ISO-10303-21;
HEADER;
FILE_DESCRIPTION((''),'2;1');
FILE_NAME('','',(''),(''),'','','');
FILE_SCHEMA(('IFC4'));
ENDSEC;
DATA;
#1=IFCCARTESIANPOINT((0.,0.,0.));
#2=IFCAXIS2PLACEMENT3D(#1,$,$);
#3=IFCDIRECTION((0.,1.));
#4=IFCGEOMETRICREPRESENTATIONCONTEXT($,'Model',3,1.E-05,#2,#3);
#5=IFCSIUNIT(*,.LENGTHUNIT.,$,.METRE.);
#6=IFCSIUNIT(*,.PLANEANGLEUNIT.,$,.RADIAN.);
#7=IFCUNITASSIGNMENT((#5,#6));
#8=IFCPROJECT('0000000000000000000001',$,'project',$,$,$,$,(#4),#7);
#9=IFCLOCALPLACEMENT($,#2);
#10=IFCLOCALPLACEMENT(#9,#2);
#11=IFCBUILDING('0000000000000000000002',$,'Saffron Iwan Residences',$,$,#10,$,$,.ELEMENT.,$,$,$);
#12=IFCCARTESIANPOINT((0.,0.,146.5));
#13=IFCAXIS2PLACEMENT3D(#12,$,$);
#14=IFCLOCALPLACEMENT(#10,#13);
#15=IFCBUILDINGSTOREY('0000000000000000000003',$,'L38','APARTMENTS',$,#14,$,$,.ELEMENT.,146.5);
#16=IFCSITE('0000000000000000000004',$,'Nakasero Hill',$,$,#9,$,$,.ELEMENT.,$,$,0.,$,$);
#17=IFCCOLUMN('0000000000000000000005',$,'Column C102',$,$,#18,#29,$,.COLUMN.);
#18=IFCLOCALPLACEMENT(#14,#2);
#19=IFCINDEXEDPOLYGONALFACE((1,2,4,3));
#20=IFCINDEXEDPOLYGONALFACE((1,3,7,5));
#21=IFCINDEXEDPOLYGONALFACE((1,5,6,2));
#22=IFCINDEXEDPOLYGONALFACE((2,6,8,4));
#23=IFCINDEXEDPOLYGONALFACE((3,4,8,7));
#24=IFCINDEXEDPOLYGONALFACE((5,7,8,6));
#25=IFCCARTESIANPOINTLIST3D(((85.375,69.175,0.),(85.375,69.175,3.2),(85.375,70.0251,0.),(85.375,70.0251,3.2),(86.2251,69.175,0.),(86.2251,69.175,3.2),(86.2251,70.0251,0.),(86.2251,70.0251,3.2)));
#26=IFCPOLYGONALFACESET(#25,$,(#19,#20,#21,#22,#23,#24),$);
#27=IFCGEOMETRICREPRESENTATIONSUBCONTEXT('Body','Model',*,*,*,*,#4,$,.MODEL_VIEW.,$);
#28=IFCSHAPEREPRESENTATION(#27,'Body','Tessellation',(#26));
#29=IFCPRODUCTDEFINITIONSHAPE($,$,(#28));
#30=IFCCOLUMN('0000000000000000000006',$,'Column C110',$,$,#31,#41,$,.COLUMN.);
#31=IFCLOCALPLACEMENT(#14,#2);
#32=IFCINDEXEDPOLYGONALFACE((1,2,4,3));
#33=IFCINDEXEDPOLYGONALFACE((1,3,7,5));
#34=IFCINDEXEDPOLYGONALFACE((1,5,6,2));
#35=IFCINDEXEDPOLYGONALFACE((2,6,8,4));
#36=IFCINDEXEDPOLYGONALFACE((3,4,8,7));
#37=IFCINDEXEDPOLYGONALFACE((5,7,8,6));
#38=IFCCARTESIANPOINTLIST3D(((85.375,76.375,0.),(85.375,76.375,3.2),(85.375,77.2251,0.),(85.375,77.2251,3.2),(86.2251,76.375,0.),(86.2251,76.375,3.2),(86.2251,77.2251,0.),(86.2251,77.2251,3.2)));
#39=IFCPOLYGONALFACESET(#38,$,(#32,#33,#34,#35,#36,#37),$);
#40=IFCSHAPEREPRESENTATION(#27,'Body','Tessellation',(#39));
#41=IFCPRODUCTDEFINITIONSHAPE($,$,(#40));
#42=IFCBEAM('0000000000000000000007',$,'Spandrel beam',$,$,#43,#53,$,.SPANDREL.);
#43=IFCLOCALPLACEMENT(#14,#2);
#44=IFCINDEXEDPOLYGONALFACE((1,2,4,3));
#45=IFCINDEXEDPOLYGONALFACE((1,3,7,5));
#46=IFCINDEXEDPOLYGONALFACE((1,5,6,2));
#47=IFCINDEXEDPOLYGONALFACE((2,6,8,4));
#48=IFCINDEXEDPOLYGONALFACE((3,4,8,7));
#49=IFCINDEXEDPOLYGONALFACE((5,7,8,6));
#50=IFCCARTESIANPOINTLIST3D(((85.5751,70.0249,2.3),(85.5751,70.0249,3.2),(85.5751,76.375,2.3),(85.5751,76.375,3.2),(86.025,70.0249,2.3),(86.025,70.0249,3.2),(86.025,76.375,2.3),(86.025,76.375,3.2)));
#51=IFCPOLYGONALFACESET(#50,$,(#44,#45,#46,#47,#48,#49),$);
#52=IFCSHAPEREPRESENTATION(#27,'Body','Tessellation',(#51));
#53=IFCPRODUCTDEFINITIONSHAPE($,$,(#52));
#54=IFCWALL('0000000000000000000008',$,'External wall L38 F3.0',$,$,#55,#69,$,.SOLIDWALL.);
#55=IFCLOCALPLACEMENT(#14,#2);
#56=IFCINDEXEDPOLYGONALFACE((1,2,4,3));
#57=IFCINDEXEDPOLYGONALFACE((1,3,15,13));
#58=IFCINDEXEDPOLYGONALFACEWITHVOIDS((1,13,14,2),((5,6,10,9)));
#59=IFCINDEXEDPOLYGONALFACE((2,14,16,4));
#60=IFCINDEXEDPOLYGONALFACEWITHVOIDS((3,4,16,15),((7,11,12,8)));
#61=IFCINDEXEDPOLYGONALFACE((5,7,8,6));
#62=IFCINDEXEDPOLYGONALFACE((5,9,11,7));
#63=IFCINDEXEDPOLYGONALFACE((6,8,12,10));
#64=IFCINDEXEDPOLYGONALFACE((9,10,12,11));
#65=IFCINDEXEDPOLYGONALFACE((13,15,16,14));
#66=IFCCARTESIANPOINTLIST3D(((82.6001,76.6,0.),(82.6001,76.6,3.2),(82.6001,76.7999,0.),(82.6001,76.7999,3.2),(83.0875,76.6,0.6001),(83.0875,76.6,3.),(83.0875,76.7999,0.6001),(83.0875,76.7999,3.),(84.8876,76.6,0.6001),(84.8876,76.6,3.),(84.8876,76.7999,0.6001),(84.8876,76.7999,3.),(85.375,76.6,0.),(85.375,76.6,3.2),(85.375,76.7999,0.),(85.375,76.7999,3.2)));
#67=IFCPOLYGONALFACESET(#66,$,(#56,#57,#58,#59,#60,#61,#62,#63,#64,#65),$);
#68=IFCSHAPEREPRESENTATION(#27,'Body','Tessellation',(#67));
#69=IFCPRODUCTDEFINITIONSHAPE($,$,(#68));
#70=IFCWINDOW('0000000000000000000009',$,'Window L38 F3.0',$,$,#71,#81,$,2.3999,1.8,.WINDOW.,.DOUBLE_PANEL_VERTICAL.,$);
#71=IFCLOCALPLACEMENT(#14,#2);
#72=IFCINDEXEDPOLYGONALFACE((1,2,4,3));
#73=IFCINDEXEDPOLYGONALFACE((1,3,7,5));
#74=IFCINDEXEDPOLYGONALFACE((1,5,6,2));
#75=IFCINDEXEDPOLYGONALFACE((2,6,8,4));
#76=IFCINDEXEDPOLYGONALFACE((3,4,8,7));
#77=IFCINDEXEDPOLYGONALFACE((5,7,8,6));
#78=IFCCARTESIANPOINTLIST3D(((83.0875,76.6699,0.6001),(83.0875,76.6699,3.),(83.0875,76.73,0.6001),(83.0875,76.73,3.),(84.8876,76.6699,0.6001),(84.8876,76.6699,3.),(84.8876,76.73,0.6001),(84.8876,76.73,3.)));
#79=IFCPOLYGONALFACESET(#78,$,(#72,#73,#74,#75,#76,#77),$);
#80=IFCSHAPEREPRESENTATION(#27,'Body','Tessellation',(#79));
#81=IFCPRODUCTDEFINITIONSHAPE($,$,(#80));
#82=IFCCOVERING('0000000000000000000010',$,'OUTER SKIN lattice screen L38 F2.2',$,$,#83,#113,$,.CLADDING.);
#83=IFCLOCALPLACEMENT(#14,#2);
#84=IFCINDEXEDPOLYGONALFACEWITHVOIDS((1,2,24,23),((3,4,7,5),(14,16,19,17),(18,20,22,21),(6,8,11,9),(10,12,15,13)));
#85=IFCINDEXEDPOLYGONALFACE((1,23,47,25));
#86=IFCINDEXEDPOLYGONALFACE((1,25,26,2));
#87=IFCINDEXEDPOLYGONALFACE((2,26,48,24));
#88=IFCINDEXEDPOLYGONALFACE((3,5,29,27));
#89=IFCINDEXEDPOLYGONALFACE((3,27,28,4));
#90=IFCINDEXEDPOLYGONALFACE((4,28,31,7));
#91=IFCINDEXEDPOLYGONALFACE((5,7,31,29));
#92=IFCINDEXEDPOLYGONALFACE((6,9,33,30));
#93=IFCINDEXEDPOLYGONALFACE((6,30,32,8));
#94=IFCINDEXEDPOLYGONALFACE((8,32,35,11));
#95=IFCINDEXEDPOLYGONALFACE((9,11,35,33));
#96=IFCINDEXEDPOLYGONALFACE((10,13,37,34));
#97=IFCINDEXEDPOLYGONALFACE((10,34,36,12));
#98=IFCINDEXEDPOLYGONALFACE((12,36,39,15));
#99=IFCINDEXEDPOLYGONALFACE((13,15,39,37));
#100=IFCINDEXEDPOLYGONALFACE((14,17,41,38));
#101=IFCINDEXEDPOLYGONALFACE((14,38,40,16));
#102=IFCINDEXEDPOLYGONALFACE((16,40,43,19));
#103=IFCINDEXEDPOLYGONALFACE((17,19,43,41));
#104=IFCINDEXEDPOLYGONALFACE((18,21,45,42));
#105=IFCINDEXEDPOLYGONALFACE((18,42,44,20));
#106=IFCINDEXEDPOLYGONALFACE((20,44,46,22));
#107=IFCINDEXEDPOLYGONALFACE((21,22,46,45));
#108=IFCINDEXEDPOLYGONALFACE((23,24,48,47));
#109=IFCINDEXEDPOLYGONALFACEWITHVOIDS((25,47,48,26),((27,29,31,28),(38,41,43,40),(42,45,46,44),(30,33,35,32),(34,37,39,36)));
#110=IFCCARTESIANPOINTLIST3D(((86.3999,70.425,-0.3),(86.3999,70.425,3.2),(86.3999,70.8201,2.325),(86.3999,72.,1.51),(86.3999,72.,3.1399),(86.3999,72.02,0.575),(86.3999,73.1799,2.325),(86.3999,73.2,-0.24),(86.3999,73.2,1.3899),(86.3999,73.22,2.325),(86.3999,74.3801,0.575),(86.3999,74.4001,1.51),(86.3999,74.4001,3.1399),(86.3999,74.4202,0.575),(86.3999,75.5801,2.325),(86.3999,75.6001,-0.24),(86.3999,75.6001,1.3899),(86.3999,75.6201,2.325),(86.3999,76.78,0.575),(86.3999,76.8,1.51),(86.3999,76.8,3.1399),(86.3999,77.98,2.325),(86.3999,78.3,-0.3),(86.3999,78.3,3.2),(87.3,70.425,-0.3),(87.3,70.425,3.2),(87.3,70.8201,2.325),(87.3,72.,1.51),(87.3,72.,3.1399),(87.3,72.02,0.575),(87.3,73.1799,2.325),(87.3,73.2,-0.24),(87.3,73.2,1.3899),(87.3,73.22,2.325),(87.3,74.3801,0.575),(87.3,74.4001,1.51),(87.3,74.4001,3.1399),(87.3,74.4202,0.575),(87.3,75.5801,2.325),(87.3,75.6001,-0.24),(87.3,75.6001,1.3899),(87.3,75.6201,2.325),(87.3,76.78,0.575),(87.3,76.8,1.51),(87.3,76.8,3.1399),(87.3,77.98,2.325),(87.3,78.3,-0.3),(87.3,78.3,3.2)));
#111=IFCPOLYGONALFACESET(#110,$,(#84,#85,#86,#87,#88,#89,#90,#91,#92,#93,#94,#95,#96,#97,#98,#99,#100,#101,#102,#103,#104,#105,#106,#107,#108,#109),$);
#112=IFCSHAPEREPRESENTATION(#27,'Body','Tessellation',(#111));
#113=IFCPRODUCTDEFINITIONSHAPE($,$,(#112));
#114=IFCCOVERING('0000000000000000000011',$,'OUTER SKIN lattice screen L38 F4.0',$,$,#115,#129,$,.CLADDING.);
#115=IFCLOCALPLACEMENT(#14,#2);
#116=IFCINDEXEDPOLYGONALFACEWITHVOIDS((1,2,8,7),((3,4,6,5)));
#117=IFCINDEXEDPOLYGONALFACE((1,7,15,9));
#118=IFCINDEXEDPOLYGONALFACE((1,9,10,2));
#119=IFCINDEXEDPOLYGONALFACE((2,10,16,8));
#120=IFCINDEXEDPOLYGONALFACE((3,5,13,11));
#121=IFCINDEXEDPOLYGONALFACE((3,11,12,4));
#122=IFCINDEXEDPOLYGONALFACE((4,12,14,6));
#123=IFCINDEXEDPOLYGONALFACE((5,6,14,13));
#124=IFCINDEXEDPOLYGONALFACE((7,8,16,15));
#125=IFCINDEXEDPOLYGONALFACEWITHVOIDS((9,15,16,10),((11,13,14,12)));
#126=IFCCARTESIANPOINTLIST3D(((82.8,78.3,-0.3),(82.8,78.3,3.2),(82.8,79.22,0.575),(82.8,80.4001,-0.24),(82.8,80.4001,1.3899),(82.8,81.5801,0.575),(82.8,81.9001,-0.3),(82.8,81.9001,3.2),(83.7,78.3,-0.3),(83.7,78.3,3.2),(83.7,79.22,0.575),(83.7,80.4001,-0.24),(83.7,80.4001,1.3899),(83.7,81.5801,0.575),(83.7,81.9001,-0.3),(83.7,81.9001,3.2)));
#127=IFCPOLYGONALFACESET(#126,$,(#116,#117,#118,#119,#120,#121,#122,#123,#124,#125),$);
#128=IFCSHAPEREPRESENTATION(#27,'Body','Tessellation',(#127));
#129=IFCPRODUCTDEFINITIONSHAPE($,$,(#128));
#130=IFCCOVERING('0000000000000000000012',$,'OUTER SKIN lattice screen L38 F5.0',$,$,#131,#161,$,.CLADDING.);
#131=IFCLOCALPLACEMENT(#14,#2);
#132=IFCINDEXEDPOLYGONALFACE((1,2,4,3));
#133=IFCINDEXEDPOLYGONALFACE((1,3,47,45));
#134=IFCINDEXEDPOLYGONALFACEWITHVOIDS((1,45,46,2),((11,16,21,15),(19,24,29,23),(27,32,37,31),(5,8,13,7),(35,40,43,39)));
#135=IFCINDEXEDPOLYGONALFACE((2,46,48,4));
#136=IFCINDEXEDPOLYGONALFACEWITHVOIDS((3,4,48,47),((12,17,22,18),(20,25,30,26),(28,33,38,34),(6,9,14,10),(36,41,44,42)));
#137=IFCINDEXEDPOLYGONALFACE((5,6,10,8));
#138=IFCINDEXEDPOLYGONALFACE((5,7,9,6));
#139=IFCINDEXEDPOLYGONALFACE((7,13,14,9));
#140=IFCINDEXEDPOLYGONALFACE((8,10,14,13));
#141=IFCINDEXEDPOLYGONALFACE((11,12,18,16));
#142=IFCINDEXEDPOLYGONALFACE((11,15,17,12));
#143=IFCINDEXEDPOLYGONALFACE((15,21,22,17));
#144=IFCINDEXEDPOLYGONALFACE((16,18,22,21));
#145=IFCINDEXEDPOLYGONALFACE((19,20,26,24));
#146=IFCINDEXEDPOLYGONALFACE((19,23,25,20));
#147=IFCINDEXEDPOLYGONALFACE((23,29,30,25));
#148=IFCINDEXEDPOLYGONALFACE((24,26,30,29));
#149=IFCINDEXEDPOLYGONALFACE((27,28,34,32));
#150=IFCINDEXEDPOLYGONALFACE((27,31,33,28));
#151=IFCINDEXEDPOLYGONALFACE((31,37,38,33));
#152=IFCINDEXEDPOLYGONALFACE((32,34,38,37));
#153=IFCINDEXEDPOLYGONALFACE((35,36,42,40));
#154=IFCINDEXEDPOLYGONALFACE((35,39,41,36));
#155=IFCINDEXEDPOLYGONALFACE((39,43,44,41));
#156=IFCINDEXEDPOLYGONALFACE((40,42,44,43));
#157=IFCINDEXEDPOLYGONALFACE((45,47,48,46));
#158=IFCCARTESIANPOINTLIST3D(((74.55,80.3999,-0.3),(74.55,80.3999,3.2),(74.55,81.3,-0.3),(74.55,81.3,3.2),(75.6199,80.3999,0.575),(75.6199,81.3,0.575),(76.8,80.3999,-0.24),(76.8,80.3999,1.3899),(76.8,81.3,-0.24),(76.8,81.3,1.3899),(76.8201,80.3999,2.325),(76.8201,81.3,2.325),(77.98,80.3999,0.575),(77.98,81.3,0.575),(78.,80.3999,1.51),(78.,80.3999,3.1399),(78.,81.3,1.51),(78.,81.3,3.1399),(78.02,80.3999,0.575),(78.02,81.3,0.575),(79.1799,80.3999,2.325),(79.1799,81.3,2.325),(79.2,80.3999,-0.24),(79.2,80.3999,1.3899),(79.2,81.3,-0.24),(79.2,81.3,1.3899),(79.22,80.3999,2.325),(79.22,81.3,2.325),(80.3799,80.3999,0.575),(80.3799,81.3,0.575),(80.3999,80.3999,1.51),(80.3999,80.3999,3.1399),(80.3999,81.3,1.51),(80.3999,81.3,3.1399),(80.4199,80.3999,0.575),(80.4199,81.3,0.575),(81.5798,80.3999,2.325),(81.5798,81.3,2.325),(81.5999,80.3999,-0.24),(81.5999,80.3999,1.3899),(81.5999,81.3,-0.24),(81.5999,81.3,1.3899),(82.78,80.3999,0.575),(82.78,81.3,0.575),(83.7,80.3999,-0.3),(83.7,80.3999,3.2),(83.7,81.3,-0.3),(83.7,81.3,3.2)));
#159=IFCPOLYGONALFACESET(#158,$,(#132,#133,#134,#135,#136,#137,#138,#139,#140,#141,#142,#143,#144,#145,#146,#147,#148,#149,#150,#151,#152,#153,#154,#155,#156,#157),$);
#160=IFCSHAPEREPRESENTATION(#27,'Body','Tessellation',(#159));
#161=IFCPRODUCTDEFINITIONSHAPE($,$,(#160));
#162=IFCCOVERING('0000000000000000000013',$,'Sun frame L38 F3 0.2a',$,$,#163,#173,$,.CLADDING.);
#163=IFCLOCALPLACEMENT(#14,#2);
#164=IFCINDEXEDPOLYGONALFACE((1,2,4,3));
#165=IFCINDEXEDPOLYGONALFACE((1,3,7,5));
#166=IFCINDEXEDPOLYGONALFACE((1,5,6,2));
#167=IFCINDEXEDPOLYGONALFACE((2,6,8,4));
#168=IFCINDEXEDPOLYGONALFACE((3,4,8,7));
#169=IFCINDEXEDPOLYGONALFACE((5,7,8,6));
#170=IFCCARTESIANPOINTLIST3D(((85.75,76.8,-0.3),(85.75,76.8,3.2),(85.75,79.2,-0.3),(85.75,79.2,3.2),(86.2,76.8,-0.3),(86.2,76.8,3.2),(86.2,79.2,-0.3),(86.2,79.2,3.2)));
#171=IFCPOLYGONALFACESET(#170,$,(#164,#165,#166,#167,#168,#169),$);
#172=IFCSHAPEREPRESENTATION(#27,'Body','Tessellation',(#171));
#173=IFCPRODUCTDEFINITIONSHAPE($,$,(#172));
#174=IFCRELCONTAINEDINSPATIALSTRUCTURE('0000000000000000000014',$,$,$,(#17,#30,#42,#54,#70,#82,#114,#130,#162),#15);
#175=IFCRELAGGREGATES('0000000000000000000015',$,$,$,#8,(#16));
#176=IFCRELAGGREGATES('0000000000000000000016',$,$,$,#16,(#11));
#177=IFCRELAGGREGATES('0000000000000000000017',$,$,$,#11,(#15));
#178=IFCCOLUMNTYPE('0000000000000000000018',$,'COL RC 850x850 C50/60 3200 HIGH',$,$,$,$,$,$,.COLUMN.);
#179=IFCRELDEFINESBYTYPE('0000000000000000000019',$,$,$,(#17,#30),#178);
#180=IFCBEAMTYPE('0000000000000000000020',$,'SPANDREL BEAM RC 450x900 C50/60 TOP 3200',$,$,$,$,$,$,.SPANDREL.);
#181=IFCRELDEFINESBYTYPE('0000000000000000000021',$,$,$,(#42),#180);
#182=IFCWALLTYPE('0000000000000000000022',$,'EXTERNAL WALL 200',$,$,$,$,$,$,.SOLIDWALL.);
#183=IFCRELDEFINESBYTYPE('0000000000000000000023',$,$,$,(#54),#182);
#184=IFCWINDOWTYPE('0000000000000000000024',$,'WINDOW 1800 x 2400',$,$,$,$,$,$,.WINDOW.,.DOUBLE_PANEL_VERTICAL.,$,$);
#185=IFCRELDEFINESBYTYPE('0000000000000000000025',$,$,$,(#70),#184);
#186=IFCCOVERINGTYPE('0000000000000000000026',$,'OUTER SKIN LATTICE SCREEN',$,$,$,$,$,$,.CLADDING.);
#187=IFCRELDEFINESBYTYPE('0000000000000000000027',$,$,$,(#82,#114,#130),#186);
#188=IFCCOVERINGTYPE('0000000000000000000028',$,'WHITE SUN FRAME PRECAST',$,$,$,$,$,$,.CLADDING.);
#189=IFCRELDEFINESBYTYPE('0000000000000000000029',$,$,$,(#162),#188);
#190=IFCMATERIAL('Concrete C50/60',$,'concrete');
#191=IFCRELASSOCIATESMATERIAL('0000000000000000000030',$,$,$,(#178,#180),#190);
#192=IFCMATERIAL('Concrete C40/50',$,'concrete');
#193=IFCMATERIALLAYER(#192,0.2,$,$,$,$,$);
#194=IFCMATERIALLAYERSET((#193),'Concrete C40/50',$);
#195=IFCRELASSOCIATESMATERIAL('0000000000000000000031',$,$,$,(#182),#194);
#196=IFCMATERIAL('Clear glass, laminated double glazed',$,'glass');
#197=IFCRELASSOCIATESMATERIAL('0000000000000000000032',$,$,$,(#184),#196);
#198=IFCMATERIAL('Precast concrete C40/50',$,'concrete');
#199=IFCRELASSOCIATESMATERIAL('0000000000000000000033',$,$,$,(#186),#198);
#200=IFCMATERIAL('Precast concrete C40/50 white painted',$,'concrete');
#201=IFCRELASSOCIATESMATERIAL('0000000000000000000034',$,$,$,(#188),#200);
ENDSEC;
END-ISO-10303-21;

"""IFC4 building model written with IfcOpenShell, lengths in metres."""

from ifc_helpers import new_model, si_unit, direction, frame, frame_2d, origin, origin_2d, place, context, subcontext, project, spatial, polyline, rectangle, outline, extrude, source, transform, mapped, material, layer, layer_set, material_profile, profile_set, type_object, element, fill, save


model = new_model("IFC4")

# Units and contexts
model_context = context("Model", 3, precision=1e-05, world=origin(), true_north=direction((0.0, 1.0)))
body_context = subcontext(model_context, "Body", "Model", "MODEL_VIEW")
ifc_project = project(units=[si_unit("LENGTHUNIT", "METRE"), si_unit("PLANEANGLEUNIT", "RADIAN")], contexts=[model_context])

# Site, building, storey
site_placement = place(None, origin())
site = spatial("IfcSite", under=ifc_project, at=site_placement, Name="Nakasero Hill", CompositionType="ELEMENT", RefElevation=0.0)
building_placement = place(site_placement, origin())
building = spatial("IfcBuilding", under=site, at=building_placement, Name="Saffron Iwan Residences", CompositionType="ELEMENT")
storey_placement = place(building_placement, frame((0.0, 0.0, 146.5)))
storey = spatial("IfcBuildingStorey", under=building, at=storey_placement, Name="L38", Description="APARTMENTS", CompositionType="ELEMENT", Elevation=146.5)

# Columns
ifc_material_1 = material(Name="Concrete C50/60", Category="concrete")
ifc_material_profile_1 = material_profile(ifc_material_1, rectangle(XDim=0.8501, YDim=0.8501, at=origin_2d()), Name="RC 850x850")
ifc_profile_set_1 = profile_set([ifc_material_profile_1], Name="Concrete C50/60")
column_type = type_object("IfcColumnType", Name="COL RC 850x850 C50/60 3200 HIGH", PredefinedType="COLUMN", material=ifc_profile_set_1)
shared_shape_1 = source(origin(), body_context, "Body", "SweptSolid", [
    extrude(rectangle(XDim=0.8501, YDim=0.8501, at=origin_2d()), origin(), (0.0, 0.0, 1.0), 3.2),
])
for number, where, z_axis, x_axis, name in (
    (1, (85.8, 69.6001, 0.0), (0.0, 0.0, 1.0), (1.0, 0.0, 0.0), "Column C102"),
    (2, (85.8, 76.8, 0.0), (0.0, 0.0, 1.0), (1.0, 0.0, 0.0), "Column C110"),
):
    element("IfcColumn", number, at=place(storey_placement, frame(where, z_axis=z_axis, x_axis=x_axis)), inside=storey, type_object=column_type, Name=name, PredefinedType="COLUMN", context=body_context, shape_type="MappedRepresentation", body=[
        mapped(shared_shape_1, transform((0.0, 0.0, 0.0))),
    ])

# Beam
ifc_material_profile_2 = material_profile(ifc_material_1, rectangle(XDim=0.45, YDim=0.8999, at=origin_2d()), Name="RC 450x900")
ifc_profile_set_2 = profile_set([ifc_material_profile_2], Name="Concrete C50/60")
beam_type = type_object("IfcBeamType", Name="SPANDREL BEAM RC 450x900 C50/60 TOP 3200", PredefinedType="SPANDREL", material=ifc_profile_set_2)
shared_shape_2 = source(origin(), body_context, "Body", "SweptSolid", [
    extrude(rectangle(XDim=0.45, YDim=0.8999, at=origin_2d()), origin(), (0.0, 0.0, 1.0), 6.3501),
])
beam_placement = place(storey_placement, frame((85.8, 76.375, 2.75), z_axis=(0.0, -1.0, 0.0), x_axis=(1.0, 0.0, 0.0)))
element("IfcBeam", 3, at=beam_placement, inside=storey, type_object=beam_type, Name="Spandrel beam", PredefinedType="SPANDREL", context=body_context, shape_type="MappedRepresentation", body=[
    mapped(shared_shape_2, transform((0.0, 0.0, 0.0))),
])

# Wall, opening, window
ifc_material_2 = material(Name="Concrete C40/50", Category="concrete")
ifc_layer = layer(ifc_material_2, 0.2)
ifc_layer_set = layer_set([ifc_layer], Name="Concrete C40/50")
wall_type = type_object("IfcWallType", Name="EXTERNAL WALL 200", PredefinedType="SOLIDWALL", material=ifc_layer_set)
wall_placement = place(storey_placement, frame((85.375, 76.7, 0.0), z_axis=(0.0, 0.0, 1.0), x_axis=(-1.0, 0.0, 0.0)))
wall = element("IfcWall", 4, at=wall_placement, inside=storey, type_object=wall_type, Name="External wall L38 F3.0", PredefinedType="SOLIDWALL", context=body_context, shape_type="SweptSolid", body=[
    extrude(rectangle(XDim=2.7749, YDim=0.2, at=frame_2d((1.3875, 0.0))), origin(), (0.0, 0.0, 1.0), 3.2),
])
opening_placement = place(wall_placement, frame((0.4875, 0.0, 0.6001)))
opening = element("IfcOpeningElement", 5, at=opening_placement, cuts=wall, PredefinedType="OPENING", context=body_context, shape_type="SweptSolid", body=[
    extrude(rectangle(XDim=1.8, YDim=2.3999, at=frame_2d((0.8999, 1.2))), frame((0.0, 0.1099, 0.0), z_axis=(0.0, -1.0, 0.0), x_axis=(1.0, 0.0, 0.0)), (0.0, 0.0, 1.0), 0.22),
])
ifc_material_3 = material(Name="Clear glass, laminated double glazed", Category="glass")
window_type = type_object("IfcWindowType", Name="WINDOW 1800 x 2400", PartitioningType="DOUBLE_PANEL_VERTICAL", PredefinedType="WINDOW", material=ifc_material_3)
window_placement = place(opening_placement, origin())
window = element("IfcWindow", 6, at=window_placement, inside=storey, type_object=window_type, Name="Window L38 F3.0", OverallHeight=2.3999, OverallWidth=1.8, PartitioningType="DOUBLE_PANEL_VERTICAL", PredefinedType="WINDOW", context=body_context, shape_type="SweptSolid", body=[
    extrude(rectangle(XDim=1.8, YDim=2.3999, at=frame_2d((0.8999, 1.2))), frame((0.0, 0.03, 0.0), z_axis=(0.0, -1.0, 0.0), x_axis=(1.0, 0.0, 0.0)), (0.0, 0.0, 1.0), 0.0601),
])
fill(opening, window)

# Coverings
ifc_material_4 = material(Name="Precast concrete C40/50", Category="concrete")
covering_type_1 = type_object("IfcCoveringType", Name="OUTER SKIN LATTICE SCREEN", PredefinedType="CLADDING", material=ifc_material_4)
covering_1_placement = place(storey_placement, frame((86.3999, 70.425, -0.3), z_axis=(1.0, 0.0, 0.0), x_axis=(0.0, 1.0, 0.0)))
element("IfcCovering", 7, at=covering_1_placement, inside=storey, type_object=covering_type_1, Name="OUTER SKIN lattice screen L38 F2.2", PredefinedType="CLADDING", context=body_context, shape_type="SweptSolid", body=[
    extrude(outline(polyline([(0.0, 0.0), (7.875, 0.0), (7.875, 3.5), (0.0, 3.5), (0.0, 0.0)]), holes=[polyline([(1.595, 0.875), (2.7749, 0.0601), (3.9551, 0.875), (2.7749, 1.6899), (1.595, 0.875)]), polyline([(3.9951, 0.875), (5.175, 0.0601), (6.355, 0.875), (5.175, 1.6899), (3.9951, 0.875)]), polyline([(0.395, 2.625), (1.575, 1.8101), (2.7549, 2.625), (1.575, 3.4399), (0.395, 2.625)]), polyline([(2.7949, 2.625), (3.9751, 1.8101), (5.155, 2.625), (3.9751, 3.4399), (2.7949, 2.625)]), polyline([(5.1951, 2.625), (6.375, 1.8101), (7.5549, 2.625), (6.375, 3.4399), (5.1951, 2.625)])]), origin(), (0.0, 0.0, 1.0), 0.9001),
])
covering_2_placement = place(storey_placement, frame((82.8, 78.3, -0.3), z_axis=(1.0, 0.0, 0.0), x_axis=(0.0, 1.0, 0.0)))
element("IfcCovering", 8, at=covering_2_placement, inside=storey, type_object=covering_type_1, Name="OUTER SKIN lattice screen L38 F4.0", PredefinedType="CLADDING", context=body_context, shape_type="SweptSolid", body=[
    extrude(outline(polyline([(0.0, 0.0), (3.6001, 0.0), (3.6001, 3.5), (0.0, 3.5), (0.0, 0.0)]), holes=[polyline([(0.9199, 0.875), (2.1001, 0.0601), (3.28, 0.875), (2.1001, 1.6899), (0.9199, 0.875)])]), origin(), (0.0, 0.0, 1.0), 0.8999),
])
covering_3_placement = place(storey_placement, frame((83.7, 80.3999, -0.3), z_axis=(0.0, 1.0, 0.0), x_axis=(-1.0, 0.0, 0.0)))
element("IfcCovering", 9, at=covering_3_placement, inside=storey, type_object=covering_type_1, Name="OUTER SKIN lattice screen L38 F5.0", PredefinedType="CLADDING", context=body_context, shape_type="SweptSolid", body=[
    extrude(outline(polyline([(0.0, 0.0), (9.1499, 0.0), (9.1499, 3.5), (0.0, 3.5), (0.0, 0.0)]), holes=[polyline([(0.9199, 0.875), (2.1001, 0.0601), (3.28, 0.875), (2.1001, 1.6899), (0.9199, 0.875)]), polyline([(3.3201, 0.875), (4.5, 0.0601), (5.6799, 0.875), (4.5, 1.6899), (3.3201, 0.875)]), polyline([(5.72, 0.875), (6.8999, 0.0601), (8.0801, 0.875), (6.8999, 1.6899), (5.72, 0.875)]), polyline([(2.1201, 2.625), (3.3, 1.8101), (4.48, 2.625), (3.3, 3.4399), (2.1201, 2.625)]), polyline([(4.52, 2.625), (5.7, 1.8101), (6.8799, 2.625), (5.7, 3.4399), (4.52, 2.625)])]), origin(), (0.0, 0.0, 1.0), 0.9001),
])
ifc_material_5 = material(Name="Precast concrete C40/50 white painted", Category="concrete")
covering_type_2 = type_object("IfcCoveringType", Name="WHITE SUN FRAME PRECAST", PredefinedType="CLADDING", material=ifc_material_5)
for number, where, z_axis, x_axis, name in (
    (10, (86.2, 76.8, -0.3), (0.0, 1.0, 0.0), (-1.0, 0.0, 0.0), "Sun frame L38 F3 0.2a"),
):
    element("IfcCovering", number, at=place(storey_placement, frame(where, z_axis=z_axis, x_axis=x_axis)), inside=storey, type_object=covering_type_2, Name=name, PredefinedType="CLADDING", context=body_context, shape_type="SweptSolid", body=[
        extrude(outline(polyline([(0.0, 0.0), (0.45, 0.0), (0.45, 3.5), (0.0, 3.5), (0.0, 0.0)])), origin(), (0.0, 0.0, 1.0), 2.3999),
    ])

save(model, "model.ifc")
